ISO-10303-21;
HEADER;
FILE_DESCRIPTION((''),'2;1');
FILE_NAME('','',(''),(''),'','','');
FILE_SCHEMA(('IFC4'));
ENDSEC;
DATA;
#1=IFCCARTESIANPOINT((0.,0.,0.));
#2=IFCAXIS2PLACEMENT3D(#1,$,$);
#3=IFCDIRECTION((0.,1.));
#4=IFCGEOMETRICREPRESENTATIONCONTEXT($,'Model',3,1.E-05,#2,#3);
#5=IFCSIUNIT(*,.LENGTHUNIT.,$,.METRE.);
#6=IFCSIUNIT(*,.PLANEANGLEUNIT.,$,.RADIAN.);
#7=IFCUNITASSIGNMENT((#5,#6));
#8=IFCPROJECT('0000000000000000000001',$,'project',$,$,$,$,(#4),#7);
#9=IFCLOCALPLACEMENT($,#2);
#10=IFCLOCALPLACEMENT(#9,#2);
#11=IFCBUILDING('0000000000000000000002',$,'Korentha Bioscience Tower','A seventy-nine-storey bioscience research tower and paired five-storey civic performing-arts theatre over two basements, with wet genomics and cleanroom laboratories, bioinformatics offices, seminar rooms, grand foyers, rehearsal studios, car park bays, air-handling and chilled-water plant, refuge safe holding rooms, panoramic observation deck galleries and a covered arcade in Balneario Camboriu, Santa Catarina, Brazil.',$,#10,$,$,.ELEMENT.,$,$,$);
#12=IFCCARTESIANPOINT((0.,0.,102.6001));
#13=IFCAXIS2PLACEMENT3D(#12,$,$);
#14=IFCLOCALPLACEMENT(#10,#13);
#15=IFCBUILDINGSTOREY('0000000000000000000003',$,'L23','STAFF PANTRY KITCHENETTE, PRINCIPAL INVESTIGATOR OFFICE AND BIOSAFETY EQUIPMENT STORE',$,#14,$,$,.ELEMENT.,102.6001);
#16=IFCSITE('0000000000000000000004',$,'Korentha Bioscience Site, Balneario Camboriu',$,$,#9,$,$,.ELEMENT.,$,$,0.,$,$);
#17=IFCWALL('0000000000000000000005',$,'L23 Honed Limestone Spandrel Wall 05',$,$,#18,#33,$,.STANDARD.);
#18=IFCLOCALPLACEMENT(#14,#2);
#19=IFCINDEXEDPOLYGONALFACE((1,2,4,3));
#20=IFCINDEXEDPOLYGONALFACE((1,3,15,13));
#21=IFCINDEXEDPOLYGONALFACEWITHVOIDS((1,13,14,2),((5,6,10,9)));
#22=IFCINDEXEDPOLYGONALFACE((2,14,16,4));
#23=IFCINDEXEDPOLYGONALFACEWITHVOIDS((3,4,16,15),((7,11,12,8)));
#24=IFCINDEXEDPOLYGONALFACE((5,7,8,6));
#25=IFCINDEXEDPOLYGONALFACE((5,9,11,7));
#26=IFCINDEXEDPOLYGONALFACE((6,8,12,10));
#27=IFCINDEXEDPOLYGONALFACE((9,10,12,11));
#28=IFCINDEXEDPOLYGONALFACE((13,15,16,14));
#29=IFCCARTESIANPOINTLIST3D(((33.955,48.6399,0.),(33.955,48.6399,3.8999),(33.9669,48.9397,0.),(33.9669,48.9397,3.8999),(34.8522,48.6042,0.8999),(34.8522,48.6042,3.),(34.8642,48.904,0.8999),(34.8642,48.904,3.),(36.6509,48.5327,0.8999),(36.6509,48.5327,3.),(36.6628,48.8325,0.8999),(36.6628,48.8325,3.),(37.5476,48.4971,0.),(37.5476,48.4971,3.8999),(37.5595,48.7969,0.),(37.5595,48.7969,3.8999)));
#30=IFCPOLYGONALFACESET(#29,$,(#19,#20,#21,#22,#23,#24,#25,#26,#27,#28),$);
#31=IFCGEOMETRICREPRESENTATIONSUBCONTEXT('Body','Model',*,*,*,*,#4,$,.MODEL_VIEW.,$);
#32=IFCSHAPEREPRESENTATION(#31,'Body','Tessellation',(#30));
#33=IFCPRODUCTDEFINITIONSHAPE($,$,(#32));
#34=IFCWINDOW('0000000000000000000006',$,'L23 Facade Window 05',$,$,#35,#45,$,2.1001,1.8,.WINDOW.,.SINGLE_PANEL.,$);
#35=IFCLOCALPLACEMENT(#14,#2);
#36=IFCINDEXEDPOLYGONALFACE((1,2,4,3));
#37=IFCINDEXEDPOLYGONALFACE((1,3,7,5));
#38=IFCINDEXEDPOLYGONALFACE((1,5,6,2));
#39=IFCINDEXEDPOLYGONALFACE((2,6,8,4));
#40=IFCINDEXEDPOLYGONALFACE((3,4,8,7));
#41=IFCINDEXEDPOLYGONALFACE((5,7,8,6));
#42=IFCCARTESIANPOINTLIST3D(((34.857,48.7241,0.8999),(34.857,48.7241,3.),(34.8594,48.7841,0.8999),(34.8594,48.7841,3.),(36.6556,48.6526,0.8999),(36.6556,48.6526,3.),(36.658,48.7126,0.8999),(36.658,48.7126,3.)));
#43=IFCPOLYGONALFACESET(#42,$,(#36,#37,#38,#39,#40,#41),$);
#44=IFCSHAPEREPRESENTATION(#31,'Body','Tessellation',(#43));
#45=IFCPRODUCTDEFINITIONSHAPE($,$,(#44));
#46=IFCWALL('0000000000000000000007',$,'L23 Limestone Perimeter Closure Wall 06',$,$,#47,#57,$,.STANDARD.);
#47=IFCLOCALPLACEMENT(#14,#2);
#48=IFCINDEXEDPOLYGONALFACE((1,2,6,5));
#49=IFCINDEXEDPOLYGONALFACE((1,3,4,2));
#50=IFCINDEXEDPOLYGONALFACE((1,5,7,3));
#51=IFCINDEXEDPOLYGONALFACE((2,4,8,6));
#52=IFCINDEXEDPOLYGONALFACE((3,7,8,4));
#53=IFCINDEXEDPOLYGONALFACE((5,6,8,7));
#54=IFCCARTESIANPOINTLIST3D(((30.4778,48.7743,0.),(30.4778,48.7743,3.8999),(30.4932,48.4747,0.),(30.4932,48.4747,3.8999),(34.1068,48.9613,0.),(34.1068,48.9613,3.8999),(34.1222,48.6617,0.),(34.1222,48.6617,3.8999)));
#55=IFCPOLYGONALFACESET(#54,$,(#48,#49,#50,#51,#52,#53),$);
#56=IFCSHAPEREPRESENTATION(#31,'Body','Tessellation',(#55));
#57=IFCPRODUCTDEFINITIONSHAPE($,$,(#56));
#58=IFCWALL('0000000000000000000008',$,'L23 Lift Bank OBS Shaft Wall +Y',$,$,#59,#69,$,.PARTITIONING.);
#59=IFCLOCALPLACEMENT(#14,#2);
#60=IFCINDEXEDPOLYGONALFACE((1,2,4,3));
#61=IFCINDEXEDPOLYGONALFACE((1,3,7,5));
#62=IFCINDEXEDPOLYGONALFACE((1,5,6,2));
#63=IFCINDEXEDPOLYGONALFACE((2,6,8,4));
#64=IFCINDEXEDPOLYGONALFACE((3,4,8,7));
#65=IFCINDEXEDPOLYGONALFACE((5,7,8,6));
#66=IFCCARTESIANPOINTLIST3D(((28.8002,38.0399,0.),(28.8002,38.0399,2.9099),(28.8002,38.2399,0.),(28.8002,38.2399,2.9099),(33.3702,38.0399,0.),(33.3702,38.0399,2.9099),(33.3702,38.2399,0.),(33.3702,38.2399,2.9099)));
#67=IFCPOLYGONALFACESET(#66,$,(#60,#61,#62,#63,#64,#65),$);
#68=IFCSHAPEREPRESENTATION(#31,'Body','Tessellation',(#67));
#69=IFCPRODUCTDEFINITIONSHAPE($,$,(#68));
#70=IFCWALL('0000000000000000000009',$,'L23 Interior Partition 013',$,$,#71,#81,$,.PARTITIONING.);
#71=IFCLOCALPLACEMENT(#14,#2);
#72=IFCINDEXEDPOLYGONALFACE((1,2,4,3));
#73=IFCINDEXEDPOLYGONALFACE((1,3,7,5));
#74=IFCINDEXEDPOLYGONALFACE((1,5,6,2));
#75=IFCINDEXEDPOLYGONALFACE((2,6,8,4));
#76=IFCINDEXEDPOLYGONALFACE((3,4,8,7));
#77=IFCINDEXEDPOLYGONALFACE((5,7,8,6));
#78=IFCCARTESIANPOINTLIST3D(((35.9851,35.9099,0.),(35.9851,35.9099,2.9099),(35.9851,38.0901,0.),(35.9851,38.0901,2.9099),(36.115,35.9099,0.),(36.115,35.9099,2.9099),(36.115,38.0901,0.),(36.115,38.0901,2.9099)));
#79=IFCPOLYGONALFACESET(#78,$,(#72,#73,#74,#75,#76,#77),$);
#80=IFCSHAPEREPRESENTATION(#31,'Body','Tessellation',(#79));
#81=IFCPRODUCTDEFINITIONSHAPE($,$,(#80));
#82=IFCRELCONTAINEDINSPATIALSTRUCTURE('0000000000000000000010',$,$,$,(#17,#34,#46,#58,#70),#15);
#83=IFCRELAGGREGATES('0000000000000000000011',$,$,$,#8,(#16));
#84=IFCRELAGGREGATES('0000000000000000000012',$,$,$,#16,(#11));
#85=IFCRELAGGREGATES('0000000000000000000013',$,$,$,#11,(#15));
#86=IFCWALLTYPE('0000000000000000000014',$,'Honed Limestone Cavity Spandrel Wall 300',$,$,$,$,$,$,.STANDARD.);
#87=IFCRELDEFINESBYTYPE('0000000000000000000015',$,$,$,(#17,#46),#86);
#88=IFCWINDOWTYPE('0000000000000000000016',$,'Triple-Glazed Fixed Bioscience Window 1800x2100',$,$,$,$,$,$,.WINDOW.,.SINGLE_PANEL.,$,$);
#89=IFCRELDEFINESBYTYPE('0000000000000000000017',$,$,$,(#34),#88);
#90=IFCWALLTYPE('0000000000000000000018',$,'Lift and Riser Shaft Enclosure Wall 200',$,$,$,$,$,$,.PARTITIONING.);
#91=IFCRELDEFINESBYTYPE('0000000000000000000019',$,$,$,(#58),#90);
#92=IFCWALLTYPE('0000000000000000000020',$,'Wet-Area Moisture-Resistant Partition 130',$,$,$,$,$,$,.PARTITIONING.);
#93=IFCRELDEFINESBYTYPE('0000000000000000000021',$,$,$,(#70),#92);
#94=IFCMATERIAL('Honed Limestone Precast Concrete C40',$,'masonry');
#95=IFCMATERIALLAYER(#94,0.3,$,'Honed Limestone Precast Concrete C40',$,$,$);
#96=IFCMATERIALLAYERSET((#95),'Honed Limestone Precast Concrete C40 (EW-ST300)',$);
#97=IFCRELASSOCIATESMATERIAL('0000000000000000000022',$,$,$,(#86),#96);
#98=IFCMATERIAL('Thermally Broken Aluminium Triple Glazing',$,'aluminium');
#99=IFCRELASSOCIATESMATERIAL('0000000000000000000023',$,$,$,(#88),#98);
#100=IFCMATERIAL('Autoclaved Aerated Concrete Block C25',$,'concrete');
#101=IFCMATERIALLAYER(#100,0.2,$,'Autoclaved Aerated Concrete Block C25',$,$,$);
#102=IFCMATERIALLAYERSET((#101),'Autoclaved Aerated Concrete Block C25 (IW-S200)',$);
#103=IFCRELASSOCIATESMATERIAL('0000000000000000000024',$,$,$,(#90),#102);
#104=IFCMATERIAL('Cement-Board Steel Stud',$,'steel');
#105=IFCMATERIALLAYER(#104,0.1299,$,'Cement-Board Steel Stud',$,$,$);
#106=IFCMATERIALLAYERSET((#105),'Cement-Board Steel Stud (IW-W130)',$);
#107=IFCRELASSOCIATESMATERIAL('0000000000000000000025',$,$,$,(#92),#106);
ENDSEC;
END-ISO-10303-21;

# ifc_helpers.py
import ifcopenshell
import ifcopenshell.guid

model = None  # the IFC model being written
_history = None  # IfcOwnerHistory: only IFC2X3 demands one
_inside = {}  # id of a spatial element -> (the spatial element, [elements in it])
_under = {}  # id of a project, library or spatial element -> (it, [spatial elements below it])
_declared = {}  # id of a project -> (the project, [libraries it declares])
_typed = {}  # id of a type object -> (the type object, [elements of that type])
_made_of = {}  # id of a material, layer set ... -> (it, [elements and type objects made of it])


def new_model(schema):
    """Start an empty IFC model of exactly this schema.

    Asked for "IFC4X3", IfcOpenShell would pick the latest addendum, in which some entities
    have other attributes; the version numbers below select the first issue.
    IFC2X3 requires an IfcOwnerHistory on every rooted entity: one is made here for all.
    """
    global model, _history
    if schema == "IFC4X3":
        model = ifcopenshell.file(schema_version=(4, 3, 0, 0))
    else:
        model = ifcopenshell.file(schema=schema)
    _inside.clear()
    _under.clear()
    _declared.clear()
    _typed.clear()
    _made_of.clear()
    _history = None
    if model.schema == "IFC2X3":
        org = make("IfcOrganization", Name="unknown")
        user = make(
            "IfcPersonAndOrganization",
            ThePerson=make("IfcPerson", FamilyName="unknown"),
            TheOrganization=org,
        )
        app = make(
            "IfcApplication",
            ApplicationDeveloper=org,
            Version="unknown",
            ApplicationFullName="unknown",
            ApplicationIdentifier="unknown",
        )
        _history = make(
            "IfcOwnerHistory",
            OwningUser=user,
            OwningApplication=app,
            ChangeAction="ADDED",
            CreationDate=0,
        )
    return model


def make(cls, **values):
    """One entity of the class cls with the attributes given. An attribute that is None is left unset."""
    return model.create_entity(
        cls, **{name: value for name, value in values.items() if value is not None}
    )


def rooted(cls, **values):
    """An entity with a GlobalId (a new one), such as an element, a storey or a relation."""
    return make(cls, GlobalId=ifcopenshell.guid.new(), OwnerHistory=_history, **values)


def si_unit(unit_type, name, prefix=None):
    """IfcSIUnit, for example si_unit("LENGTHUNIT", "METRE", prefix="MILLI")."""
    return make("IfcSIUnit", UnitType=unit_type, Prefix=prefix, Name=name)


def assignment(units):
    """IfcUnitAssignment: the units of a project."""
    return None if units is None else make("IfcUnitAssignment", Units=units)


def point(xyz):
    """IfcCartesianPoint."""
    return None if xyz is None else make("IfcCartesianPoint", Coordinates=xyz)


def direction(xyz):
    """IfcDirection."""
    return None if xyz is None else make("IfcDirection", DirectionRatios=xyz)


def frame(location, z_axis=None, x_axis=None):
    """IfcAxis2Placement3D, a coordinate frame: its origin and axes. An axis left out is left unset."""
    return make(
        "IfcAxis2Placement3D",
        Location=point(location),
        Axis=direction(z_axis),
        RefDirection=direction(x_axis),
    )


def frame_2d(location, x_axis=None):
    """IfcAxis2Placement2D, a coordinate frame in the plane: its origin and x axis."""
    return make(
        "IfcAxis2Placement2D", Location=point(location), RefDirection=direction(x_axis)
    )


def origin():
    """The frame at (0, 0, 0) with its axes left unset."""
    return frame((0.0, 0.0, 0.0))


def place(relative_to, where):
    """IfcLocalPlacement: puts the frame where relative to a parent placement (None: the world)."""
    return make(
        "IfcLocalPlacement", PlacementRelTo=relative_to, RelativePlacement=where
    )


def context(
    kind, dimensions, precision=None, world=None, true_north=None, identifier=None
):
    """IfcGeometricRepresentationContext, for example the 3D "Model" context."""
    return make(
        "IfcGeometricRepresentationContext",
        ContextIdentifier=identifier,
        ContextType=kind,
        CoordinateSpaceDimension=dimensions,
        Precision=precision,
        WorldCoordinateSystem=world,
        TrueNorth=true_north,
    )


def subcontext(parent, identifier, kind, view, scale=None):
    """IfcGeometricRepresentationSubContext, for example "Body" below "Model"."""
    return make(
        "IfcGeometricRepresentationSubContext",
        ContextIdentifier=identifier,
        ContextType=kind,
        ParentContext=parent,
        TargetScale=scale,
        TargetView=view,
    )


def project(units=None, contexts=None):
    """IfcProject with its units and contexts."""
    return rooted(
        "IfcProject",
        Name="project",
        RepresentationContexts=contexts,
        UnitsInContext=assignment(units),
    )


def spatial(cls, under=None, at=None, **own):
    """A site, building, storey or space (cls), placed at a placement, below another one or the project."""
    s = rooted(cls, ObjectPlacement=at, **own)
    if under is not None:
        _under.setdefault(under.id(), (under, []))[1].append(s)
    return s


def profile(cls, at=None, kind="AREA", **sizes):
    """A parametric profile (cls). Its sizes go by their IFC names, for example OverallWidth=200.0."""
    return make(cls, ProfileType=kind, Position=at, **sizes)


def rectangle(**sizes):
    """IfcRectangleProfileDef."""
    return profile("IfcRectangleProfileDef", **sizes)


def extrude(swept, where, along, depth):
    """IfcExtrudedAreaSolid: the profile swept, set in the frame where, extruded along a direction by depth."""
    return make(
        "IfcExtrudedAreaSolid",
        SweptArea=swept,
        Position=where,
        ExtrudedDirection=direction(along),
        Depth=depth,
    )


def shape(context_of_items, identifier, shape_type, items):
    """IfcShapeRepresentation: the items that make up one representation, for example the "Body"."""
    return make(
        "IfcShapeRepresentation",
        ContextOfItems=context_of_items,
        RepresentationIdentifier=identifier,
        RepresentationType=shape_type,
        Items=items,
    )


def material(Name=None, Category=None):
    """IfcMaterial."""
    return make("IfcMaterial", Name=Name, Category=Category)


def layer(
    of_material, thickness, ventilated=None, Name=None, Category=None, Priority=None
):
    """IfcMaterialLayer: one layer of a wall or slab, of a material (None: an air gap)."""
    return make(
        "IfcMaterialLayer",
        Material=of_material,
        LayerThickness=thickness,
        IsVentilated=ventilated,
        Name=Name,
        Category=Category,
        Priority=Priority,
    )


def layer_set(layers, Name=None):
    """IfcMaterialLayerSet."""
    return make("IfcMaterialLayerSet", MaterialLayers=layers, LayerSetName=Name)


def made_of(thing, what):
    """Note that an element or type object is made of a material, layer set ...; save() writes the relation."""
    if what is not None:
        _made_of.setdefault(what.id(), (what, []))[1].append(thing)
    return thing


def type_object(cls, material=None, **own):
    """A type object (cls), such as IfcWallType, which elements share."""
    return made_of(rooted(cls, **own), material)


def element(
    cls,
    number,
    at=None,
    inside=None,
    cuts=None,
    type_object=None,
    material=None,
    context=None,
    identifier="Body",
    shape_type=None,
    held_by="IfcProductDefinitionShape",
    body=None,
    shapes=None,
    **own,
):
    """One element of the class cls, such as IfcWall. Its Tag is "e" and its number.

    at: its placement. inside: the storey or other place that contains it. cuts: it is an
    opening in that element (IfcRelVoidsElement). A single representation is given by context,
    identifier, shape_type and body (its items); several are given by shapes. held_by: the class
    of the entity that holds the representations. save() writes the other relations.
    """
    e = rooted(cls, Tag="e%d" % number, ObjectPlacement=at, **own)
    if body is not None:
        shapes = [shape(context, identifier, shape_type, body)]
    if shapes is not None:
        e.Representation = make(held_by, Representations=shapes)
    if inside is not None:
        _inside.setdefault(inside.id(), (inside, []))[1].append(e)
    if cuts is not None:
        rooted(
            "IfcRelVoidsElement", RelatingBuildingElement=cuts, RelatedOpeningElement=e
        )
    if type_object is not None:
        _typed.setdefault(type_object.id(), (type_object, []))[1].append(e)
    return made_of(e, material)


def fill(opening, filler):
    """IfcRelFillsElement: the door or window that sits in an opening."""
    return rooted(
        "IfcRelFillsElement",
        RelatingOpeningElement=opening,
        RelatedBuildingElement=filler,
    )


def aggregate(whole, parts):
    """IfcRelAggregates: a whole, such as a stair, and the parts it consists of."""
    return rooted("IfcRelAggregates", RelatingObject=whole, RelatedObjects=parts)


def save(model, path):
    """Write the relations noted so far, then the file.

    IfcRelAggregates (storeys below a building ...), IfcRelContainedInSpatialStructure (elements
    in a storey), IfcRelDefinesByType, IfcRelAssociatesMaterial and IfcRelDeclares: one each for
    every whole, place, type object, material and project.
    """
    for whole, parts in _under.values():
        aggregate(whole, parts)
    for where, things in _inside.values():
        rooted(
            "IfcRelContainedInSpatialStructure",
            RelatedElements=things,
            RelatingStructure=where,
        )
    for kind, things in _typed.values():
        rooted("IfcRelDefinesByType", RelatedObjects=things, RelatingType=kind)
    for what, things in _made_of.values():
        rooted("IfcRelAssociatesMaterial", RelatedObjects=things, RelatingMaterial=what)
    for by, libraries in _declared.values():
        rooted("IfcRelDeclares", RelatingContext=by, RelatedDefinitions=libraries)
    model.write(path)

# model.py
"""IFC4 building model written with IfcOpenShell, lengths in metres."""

from ifc_helpers import new_model, si_unit, direction, frame, frame_2d, origin, place, context, subcontext, project, spatial, rectangle, extrude, material, layer, layer_set, type_object, element, fill, save


model = new_model("IFC4")

# Units and contexts
model_context = context("Model", 3, precision=1e-05, world=origin(), true_north=direction((0.0, 1.0)))
body_context = subcontext(model_context, "Body", "Model", "MODEL_VIEW")
ifc_project = project(units=[si_unit("LENGTHUNIT", "METRE"), si_unit("PLANEANGLEUNIT", "RADIAN")], contexts=[model_context])

# Site, building, storey
site_placement = place(None, origin())
site = spatial("IfcSite", under=ifc_project, at=site_placement, Name="Korentha Bioscience Site, Balneario Camboriu", CompositionType="ELEMENT", RefElevation=0.0)
building_placement = place(site_placement, origin())
building = spatial("IfcBuilding", under=site, at=building_placement, Name="Korentha Bioscience Tower", Description="A seventy-nine-storey bioscience research tower and paired five-storey civic performing-arts theatre over two basements, with wet genomics and cleanroom laboratories, bioinformatics offices, seminar rooms, grand foyers, rehearsal studios, car park bays, air-handling and chilled-water plant, refuge safe holding rooms, panoramic observation deck galleries and a covered arcade in Balneario Camboriu, Santa Catarina, Brazil.", CompositionType="ELEMENT")
storey_placement = place(building_placement, frame((0.0, 0.0, 102.6001)))
storey = spatial("IfcBuildingStorey", under=building, at=storey_placement, Name="L23", Description="STAFF PANTRY KITCHENETTE, PRINCIPAL INVESTIGATOR OFFICE AND BIOSAFETY EQUIPMENT STORE", CompositionType="ELEMENT", Elevation=102.6001)

# Wall, opening, window
ifc_material_1 = material(Name="Honed Limestone Precast Concrete C40", Category="masonry")
ifc_layer_1 = layer(ifc_material_1, 0.3, Name="Honed Limestone Precast Concrete C40")
ifc_layer_set_1 = layer_set([ifc_layer_1], Name="Honed Limestone Precast Concrete C40 (EW-ST300)")
wall_type_1 = type_object("IfcWallType", Name="Honed Limestone Cavity Spandrel Wall 300", PredefinedType="STANDARD", material=ifc_layer_set_1)
wall_1_placement = place(storey_placement, frame((37.5537, 48.647, 0.0), z_axis=(0.0, 0.0, 1.0), x_axis=(-0.999211, 0.039724, 0.0)))
wall_1 = element("IfcWall", 1, at=wall_1_placement, inside=storey, type_object=wall_type_1, Name="L23 Honed Limestone Spandrel Wall 05", PredefinedType="STANDARD", context=body_context, shape_type="SweptSolid", body=[
    extrude(rectangle(XDim=3.5955, YDim=0.3, at=frame_2d((1.7979, 0.0))), origin(), (0.0, 0.0, 1.0), 3.8999),
])
opening_1_placement = place(wall_1_placement, frame((0.8977, 0.0, 0.8999)))
opening_1 = element("IfcOpeningElement", 2, at=opening_1_placement, cuts=wall_1, PredefinedType="OPENING", context=body_context, shape_type="SweptSolid", body=[
    extrude(rectangle(XDim=1.8, YDim=2.1001, at=frame_2d((0.8999, 1.05))), frame((0.0, 0.165, 0.0), z_axis=(0.0, -1.0, 0.0), x_axis=(1.0, 0.0, 0.0)), (0.0, 0.0, 1.0), 0.3298),
])
ifc_material_2 = material(Name="Thermally Broken Aluminium Triple Glazing", Category="aluminium")
window_type = type_object("IfcWindowType", Name="Triple-Glazed Fixed Bioscience Window 1800x2100", PartitioningType="SINGLE_PANEL", PredefinedType="WINDOW", material=ifc_material_2)
window_placement = place(opening_1_placement, origin())
window = element("IfcWindow", 3, at=window_placement, inside=storey, type_object=window_type, Name="L23 Facade Window 05", OverallHeight=2.1001, OverallWidth=1.8, PartitioningType="SINGLE_PANEL", PredefinedType="WINDOW", context=body_context, shape_type="SweptSolid", body=[
    extrude(rectangle(XDim=1.8, YDim=2.1001, at=frame_2d((0.8999, 1.05))), frame((0.0, 0.03, 0.0), z_axis=(0.0, -1.0, 0.0), x_axis=(1.0, 0.0, 0.0)), (0.0, 0.0, 1.0), 0.0601),
])
fill(opening_1, window)

# Walls
wall_2_placement = place(storey_placement, frame((34.1145, 48.8115, 0.0), z_axis=(0.0, 0.0, 1.0), x_axis=(-0.998675, -0.051466, 0.0)))
element("IfcWall", 4, at=wall_2_placement, inside=storey, type_object=wall_type_1, Name="L23 Limestone Perimeter Closure Wall 06", PredefinedType="STANDARD", context=body_context, shape_type="SweptSolid", body=[
    extrude(rectangle(XDim=3.6338, YDim=0.3, at=frame_2d((1.8169, 0.0))), origin(), (0.0, 0.0, 1.0), 3.8999),
])
ifc_material_3 = material(Name="Autoclaved Aerated Concrete Block C25", Category="concrete")
ifc_layer_2 = layer(ifc_material_3, 0.2, Name="Autoclaved Aerated Concrete Block C25")
ifc_layer_set_2 = layer_set([ifc_layer_2], Name="Autoclaved Aerated Concrete Block C25 (IW-S200)")
wall_type_2 = type_object("IfcWallType", Name="Lift and Riser Shaft Enclosure Wall 200", PredefinedType="PARTITIONING", material=ifc_layer_set_2)
wall_3_placement = place(storey_placement, frame((28.8, 38.1399, 0.0), z_axis=(0.0, 0.0, 1.0), x_axis=(1.0, 0.0, 0.0)))
element("IfcWall", 5, at=wall_3_placement, inside=storey, type_object=wall_type_2, Name="L23 Lift Bank OBS Shaft Wall +Y", PredefinedType="PARTITIONING", context=body_context, shape_type="SweptSolid", body=[
    extrude(rectangle(XDim=4.5701, YDim=0.2, at=frame_2d((2.2852, 0.0))), origin(), (0.0, 0.0, 1.0), 2.9099),
])
ifc_material_4 = material(Name="Cement-Board Steel Stud", Category="steel")
ifc_layer_3 = layer(ifc_material_4, 0.1299, Name="Cement-Board Steel Stud")
ifc_layer_set_3 = layer_set([ifc_layer_3], Name="Cement-Board Steel Stud (IW-W130)")
wall_type_3 = type_object("IfcWallType", Name="Wet-Area Moisture-Resistant Partition 130", PredefinedType="PARTITIONING", material=ifc_layer_set_3)
wall_4_placement = place(storey_placement, frame((36.05, 38.0901, 0.0), z_axis=(0.0, 0.0, 1.0), x_axis=(0.0, -1.0, 0.0)))
element("IfcWall", 6, at=wall_4_placement, inside=storey, type_object=wall_type_3, Name="L23 Interior Partition 013", PredefinedType="PARTITIONING", context=body_context, shape_type="SweptSolid", body=[
    extrude(rectangle(XDim=2.1802, YDim=0.1299, at=frame_2d((1.0901, 0.0))), origin(), (0.0, 0.0, 1.0), 2.9099),
])

save(model, "model.ifc")
